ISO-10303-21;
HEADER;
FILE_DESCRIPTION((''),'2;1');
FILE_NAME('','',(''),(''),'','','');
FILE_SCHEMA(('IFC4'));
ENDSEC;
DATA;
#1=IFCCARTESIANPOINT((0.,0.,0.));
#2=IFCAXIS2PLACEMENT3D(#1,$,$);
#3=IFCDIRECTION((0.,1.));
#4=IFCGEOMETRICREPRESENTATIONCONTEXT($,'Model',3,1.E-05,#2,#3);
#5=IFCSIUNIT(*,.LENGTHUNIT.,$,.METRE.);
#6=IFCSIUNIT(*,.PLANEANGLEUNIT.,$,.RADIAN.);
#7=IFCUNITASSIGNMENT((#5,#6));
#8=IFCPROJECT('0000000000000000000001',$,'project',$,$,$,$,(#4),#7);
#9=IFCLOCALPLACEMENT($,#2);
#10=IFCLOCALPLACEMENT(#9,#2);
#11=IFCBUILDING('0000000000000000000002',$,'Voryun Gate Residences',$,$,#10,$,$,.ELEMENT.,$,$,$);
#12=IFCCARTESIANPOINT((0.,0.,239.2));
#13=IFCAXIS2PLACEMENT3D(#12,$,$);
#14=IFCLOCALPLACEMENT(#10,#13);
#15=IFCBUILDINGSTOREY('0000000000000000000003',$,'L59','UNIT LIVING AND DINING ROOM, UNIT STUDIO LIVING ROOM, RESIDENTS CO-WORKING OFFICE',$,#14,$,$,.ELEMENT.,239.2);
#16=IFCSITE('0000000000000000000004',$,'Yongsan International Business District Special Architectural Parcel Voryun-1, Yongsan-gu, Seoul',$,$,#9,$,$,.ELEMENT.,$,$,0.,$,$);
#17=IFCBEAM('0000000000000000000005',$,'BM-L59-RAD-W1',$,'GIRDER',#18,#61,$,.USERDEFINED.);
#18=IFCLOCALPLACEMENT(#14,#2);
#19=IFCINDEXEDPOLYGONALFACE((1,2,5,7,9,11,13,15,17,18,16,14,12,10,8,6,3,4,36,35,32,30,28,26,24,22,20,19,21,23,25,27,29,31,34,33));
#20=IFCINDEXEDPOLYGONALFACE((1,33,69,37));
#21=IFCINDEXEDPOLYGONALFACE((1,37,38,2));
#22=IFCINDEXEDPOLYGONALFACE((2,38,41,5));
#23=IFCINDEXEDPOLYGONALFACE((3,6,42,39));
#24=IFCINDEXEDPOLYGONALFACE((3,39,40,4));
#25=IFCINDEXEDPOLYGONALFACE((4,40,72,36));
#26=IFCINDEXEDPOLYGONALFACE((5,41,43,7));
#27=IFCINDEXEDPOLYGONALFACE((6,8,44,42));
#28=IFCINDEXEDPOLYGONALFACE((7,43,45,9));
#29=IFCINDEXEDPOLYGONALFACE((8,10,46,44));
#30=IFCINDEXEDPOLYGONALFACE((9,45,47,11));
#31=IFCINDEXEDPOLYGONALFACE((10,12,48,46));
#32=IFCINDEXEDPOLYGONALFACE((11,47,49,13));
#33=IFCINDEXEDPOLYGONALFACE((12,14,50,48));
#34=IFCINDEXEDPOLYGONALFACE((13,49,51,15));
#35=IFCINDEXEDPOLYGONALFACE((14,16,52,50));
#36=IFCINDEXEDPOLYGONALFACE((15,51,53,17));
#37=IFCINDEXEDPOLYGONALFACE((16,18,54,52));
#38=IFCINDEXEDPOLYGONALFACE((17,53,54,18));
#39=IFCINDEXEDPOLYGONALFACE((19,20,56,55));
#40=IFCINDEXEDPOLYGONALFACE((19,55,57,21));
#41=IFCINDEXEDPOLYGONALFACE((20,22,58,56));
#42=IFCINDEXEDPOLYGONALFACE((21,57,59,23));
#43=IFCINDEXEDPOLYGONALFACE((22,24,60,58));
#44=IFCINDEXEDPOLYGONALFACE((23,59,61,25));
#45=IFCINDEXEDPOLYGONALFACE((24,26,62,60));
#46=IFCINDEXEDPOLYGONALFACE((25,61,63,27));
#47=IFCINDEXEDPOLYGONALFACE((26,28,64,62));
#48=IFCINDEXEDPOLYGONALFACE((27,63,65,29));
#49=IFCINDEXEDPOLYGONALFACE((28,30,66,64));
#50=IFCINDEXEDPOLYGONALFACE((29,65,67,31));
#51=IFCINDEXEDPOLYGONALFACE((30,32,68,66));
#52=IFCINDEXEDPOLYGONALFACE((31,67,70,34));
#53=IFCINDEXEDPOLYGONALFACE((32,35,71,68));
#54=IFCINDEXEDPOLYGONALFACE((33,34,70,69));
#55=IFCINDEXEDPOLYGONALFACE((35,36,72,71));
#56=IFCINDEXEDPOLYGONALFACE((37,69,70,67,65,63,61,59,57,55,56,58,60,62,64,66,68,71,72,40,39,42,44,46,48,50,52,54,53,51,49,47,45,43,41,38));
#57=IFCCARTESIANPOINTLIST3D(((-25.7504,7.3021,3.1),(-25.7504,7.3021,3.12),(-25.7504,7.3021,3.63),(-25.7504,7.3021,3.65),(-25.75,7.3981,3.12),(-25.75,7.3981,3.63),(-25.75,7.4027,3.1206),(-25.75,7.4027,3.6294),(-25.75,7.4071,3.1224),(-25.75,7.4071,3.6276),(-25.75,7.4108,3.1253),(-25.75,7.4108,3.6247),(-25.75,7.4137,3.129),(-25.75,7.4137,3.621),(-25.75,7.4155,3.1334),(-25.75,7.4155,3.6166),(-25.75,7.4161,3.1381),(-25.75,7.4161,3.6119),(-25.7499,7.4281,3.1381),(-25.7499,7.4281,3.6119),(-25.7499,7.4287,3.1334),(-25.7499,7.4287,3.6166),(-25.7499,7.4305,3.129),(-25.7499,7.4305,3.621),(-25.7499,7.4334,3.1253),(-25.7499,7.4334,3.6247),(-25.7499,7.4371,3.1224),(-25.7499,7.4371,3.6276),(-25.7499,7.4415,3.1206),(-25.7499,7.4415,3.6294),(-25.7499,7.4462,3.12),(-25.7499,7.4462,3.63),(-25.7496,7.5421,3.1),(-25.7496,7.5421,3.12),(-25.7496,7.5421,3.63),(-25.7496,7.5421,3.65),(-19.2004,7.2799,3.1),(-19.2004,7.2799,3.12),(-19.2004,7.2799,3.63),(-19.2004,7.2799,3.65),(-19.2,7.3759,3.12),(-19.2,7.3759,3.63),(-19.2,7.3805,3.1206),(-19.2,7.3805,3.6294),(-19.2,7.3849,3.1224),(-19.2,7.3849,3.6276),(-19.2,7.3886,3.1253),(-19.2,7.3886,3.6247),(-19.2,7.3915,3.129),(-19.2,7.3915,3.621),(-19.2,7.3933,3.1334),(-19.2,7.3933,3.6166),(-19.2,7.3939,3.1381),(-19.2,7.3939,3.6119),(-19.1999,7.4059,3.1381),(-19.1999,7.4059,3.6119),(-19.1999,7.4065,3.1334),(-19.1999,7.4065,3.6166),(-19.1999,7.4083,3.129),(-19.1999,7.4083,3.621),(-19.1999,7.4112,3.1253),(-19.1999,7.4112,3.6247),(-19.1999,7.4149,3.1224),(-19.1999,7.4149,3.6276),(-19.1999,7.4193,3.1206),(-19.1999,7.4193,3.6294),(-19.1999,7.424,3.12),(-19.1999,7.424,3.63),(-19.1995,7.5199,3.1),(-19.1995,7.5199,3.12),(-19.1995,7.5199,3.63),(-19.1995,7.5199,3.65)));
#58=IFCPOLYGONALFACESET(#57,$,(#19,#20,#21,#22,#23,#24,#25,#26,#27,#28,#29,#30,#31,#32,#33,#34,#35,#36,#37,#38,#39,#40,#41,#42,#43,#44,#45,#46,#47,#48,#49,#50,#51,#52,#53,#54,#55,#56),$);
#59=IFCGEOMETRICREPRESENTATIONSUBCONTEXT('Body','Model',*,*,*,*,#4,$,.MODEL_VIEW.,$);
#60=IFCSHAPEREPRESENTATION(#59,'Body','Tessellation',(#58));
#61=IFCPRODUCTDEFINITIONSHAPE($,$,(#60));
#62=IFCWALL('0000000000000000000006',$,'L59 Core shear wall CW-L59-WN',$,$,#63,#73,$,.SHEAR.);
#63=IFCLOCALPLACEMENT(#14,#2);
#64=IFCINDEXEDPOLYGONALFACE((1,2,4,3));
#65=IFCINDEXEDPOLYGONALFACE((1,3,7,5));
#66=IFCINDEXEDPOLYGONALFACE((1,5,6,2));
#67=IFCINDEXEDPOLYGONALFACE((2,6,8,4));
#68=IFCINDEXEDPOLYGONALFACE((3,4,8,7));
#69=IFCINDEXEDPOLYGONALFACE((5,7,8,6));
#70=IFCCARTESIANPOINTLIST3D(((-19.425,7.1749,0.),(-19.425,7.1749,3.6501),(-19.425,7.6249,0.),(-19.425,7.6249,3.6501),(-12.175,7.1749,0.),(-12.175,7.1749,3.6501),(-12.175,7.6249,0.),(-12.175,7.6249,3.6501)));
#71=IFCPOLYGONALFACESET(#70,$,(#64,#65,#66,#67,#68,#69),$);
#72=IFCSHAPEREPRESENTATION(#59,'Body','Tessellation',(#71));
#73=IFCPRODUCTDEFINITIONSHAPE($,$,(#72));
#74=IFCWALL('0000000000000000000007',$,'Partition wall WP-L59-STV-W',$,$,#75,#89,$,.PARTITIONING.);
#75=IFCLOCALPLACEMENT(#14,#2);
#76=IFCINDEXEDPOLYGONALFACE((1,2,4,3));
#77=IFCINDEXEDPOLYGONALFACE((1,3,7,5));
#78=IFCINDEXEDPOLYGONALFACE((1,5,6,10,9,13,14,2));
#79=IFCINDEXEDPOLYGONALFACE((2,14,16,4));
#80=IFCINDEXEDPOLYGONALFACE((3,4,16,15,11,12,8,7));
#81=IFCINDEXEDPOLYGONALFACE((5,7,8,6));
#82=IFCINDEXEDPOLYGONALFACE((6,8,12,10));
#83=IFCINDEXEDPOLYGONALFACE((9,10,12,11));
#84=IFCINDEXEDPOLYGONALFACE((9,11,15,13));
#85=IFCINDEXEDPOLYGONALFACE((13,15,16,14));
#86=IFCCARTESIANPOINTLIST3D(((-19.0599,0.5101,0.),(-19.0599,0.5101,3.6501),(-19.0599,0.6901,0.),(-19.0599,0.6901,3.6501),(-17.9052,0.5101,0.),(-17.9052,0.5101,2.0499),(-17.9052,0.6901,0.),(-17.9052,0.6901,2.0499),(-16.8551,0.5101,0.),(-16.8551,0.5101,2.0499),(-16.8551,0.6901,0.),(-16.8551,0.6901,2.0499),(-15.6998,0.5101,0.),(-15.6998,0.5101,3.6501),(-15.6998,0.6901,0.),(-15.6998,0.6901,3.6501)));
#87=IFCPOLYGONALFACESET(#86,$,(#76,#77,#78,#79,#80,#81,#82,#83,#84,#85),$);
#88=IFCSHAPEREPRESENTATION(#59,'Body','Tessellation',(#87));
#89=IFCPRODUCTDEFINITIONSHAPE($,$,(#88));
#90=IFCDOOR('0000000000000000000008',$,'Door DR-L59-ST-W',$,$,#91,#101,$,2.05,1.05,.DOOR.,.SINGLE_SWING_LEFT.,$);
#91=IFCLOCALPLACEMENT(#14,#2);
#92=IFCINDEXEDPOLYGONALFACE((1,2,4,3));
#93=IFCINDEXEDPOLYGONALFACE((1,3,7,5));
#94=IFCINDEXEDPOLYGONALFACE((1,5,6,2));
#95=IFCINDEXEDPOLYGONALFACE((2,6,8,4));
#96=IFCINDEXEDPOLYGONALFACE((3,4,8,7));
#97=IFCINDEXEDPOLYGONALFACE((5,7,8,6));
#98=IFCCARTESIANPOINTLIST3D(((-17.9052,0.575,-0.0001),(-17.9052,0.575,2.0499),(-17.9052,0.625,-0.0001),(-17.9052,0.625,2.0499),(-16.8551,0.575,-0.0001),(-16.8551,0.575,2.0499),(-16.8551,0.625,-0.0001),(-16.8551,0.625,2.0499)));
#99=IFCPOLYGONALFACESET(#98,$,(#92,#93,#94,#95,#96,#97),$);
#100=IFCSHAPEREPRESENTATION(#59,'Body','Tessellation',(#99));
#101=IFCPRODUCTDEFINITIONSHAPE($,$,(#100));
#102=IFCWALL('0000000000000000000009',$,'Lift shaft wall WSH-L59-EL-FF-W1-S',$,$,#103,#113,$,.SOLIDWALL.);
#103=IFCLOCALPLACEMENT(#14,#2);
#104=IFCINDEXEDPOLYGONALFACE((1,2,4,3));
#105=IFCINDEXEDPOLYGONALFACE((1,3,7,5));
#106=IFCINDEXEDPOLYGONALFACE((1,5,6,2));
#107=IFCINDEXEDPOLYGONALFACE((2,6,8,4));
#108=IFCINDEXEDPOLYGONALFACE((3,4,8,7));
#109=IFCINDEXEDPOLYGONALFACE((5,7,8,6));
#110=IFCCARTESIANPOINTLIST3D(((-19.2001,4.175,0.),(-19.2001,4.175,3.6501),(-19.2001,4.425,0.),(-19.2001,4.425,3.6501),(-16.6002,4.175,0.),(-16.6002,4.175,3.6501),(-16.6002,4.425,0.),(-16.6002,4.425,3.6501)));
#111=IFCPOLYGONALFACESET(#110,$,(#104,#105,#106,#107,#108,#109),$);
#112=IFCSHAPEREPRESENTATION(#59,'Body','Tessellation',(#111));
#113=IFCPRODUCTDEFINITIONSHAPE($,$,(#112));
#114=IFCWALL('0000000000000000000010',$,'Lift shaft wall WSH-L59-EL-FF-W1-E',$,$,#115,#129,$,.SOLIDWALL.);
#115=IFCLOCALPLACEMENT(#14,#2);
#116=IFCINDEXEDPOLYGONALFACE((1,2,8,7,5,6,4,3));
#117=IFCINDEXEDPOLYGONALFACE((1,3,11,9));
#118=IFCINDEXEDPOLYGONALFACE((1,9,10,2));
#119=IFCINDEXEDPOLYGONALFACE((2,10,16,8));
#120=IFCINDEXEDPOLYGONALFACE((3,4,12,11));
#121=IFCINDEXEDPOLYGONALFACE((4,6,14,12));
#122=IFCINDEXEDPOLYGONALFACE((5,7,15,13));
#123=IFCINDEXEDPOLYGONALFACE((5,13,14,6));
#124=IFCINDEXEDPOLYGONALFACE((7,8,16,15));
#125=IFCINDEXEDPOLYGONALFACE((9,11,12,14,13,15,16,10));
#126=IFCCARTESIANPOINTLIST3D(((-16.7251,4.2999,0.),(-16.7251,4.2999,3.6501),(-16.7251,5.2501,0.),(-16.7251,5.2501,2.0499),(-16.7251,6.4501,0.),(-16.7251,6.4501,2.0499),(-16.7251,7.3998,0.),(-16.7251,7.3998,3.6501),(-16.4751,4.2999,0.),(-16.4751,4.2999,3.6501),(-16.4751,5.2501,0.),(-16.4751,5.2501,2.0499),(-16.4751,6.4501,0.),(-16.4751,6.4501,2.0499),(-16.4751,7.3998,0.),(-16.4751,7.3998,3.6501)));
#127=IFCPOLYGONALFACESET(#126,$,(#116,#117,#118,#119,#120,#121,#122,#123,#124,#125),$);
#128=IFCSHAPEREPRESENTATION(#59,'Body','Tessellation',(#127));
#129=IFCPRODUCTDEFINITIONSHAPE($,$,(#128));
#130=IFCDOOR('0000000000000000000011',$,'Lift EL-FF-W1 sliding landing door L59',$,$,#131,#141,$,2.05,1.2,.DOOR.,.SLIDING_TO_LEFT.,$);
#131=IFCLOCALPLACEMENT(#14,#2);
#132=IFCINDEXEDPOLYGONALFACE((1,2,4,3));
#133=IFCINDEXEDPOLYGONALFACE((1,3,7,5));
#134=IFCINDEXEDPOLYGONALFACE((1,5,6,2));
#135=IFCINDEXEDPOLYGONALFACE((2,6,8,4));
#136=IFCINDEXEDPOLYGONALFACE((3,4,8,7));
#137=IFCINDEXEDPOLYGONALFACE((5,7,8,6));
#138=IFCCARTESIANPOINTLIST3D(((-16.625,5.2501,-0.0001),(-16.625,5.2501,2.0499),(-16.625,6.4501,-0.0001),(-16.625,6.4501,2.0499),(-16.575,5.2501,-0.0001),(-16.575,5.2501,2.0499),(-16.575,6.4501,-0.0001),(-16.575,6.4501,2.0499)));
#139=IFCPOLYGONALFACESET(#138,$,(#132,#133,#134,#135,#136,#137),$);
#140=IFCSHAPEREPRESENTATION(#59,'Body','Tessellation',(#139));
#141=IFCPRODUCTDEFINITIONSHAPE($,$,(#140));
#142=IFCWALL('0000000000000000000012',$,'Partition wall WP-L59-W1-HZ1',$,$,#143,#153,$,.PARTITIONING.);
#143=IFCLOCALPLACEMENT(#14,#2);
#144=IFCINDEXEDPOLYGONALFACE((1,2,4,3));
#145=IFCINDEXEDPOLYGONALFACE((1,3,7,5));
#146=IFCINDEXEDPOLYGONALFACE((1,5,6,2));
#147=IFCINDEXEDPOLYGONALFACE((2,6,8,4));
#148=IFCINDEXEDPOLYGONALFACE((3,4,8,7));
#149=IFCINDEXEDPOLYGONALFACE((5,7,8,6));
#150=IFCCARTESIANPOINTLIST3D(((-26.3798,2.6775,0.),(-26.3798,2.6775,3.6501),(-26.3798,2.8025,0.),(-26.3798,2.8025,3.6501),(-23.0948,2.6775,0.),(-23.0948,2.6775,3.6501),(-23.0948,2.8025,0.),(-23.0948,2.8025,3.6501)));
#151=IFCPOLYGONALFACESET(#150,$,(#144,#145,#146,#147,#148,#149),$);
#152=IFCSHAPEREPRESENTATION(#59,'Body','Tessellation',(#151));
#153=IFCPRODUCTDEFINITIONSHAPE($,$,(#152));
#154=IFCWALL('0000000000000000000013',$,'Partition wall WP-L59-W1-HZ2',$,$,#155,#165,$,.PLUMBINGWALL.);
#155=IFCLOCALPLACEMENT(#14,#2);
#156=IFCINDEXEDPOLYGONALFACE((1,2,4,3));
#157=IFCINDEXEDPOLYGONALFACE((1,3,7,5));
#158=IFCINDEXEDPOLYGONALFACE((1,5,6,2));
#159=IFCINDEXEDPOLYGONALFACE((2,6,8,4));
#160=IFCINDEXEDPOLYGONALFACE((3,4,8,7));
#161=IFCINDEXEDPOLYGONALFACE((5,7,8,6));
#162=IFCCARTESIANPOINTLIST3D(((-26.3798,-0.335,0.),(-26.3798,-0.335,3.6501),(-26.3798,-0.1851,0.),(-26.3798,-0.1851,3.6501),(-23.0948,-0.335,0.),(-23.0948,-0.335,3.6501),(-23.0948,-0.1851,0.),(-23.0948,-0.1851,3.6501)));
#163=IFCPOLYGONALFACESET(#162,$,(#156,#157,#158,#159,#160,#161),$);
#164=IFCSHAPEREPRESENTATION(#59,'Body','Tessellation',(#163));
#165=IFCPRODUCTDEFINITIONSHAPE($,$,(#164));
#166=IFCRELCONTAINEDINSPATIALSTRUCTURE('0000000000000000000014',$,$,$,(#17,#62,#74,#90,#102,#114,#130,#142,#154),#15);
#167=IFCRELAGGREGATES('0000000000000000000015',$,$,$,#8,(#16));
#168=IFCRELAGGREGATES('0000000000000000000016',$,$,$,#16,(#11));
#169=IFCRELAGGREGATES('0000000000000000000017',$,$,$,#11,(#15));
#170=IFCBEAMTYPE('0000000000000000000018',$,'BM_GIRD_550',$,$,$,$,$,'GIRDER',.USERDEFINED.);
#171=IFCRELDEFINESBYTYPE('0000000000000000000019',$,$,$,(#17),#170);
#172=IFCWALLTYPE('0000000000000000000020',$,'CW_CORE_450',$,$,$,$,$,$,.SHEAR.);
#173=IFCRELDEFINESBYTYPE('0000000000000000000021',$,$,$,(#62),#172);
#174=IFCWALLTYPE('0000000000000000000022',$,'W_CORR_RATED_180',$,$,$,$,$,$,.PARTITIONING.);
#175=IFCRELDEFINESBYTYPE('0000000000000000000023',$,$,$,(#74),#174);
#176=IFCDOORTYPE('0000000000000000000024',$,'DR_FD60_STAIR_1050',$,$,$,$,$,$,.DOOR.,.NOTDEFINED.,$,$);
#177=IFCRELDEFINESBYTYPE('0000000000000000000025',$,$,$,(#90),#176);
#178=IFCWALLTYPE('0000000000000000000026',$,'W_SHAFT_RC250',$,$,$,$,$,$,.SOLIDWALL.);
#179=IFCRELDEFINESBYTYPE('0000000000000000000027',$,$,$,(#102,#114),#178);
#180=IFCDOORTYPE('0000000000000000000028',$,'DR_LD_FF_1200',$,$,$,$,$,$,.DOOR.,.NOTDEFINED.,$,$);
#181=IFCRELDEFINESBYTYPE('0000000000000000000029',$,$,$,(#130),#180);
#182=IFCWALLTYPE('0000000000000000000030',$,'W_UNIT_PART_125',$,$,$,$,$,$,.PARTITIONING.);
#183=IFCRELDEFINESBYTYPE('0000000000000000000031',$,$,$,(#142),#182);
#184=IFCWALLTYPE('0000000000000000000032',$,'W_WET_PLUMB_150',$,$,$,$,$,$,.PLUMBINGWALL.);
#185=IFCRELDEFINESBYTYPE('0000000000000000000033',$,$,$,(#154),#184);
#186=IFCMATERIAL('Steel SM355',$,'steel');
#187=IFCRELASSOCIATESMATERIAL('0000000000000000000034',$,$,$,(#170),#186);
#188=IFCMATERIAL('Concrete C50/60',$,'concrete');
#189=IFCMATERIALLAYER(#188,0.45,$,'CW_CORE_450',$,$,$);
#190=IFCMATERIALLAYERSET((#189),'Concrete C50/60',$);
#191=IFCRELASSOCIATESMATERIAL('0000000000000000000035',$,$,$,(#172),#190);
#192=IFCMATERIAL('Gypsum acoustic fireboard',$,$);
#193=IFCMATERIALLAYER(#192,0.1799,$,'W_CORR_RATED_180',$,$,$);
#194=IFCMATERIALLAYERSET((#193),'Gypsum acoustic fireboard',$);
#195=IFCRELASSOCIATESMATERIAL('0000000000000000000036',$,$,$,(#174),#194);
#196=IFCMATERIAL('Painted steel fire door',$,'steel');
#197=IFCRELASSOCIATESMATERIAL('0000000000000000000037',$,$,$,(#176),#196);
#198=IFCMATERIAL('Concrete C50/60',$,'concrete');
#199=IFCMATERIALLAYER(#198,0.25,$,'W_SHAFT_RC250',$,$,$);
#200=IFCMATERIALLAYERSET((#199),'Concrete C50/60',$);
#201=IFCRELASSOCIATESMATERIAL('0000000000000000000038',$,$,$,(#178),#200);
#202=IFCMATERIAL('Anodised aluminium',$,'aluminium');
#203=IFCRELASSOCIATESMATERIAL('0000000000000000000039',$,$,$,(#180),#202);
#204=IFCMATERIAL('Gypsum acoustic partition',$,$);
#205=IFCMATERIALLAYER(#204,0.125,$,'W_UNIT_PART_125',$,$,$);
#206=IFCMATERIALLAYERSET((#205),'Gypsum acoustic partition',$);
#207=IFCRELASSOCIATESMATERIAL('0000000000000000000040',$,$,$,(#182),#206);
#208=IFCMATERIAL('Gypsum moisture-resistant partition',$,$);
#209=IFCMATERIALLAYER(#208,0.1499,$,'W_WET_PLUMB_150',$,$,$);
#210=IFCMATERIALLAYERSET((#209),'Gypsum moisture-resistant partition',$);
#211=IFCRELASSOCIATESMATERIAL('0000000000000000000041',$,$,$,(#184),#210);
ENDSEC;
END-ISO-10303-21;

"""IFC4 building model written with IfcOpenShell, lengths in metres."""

from ifc_helpers import new_model, si_unit, direction, frame, frame_2d, origin, origin_2d, place, context, subcontext, project, spatial, rectangle, i_section, extrude, material, layer, layer_set, material_profile, profile_set, type_object, element, fill, save


model = new_model("IFC4")

# Units and contexts
model_context = context("Model", 3, precision=1e-05, world=origin(), true_north=direction((0.0, 1.0)))
body_context = subcontext(model_context, "Body", "Model", "MODEL_VIEW")
ifc_project = project(units=[si_unit("LENGTHUNIT", "METRE"), si_unit("PLANEANGLEUNIT", "RADIAN")], contexts=[model_context])

# Site, building, storey
site_placement = place(None, origin())
site = spatial("IfcSite", under=ifc_project, at=site_placement, Name="Yongsan International Business District Special Architectural Parcel Voryun-1, Yongsan-gu, Seoul", CompositionType="ELEMENT", RefElevation=0.0)
building_placement = place(site_placement, origin())
building = spatial("IfcBuilding", under=site, at=building_placement, Name="Voryun Gate Residences", CompositionType="ELEMENT")
storey_placement = place(building_placement, frame((0.0, 0.0, 239.2)))
storey = spatial("IfcBuildingStorey", under=building, at=storey_placement, Name="L59", Description="UNIT LIVING AND DINING ROOM, UNIT STUDIO LIVING ROOM, RESIDENTS CO-WORKING OFFICE", CompositionType="ELEMENT", Elevation=239.2)

# Beam
ifc_material_1 = material(Name="Steel SM355", Category="steel")
ifc_material_profile_1 = material_profile(ifc_material_1, i_section(OverallWidth=0.24, OverallDepth=0.55, WebThickness=0.012, FlangeThickness=0.02, FilletRadius=0.0181, at=origin_2d()), Name="H-550x240x12x20")
ifc_profile_set_1 = profile_set([ifc_material_profile_1], Name="Steel SM355")
beam_type_1 = type_object("IfcBeamType", Name="BM_GIRD_550", ElementType="GIRDER", PredefinedType="USERDEFINED", material=ifc_profile_set_1)
beam_1_placement = place(storey_placement, frame((-19.2, 7.3999, 3.375), z_axis=(-0.999994, 0.003392, 0.0), x_axis=(-0.003392, -0.999994, 0.0)))
element("IfcBeam", 1, at=beam_1_placement, inside=storey, type_object=beam_type_1, Name="BM-L59-RAD-W1", ObjectType="GIRDER", PredefinedType="USERDEFINED", context=body_context, shape_type="SweptSolid", body=[
    extrude(i_section(OverallWidth=0.24, OverallDepth=0.55, WebThickness=0.012, FlangeThickness=0.02, FilletRadius=0.0181, at=origin_2d()), origin(), (0.0, 0.0, 1.0), 6.55),
])

# Wall
ifc_material_2 = material(Name="Concrete C50/60", Category="concrete")
ifc_layer_1 = layer(ifc_material_2, 0.45, Name="CW_CORE_450")
ifc_layer_set_1 = layer_set([ifc_layer_1], Name="Concrete C50/60")
wall_type_1 = type_object("IfcWallType", Name="CW_CORE_450", PredefinedType="SHEAR", material=ifc_layer_set_1)
wall_1_placement = place(storey_placement, frame((-19.425, 7.3999, 0.0), z_axis=(0.0, 0.0, 1.0), x_axis=(1.0, 0.0, 0.0)))
element("IfcWall", 2, at=wall_1_placement, inside=storey, type_object=wall_type_1, Name="L59 Core shear wall CW-L59-WN", PredefinedType="SHEAR", context=body_context, shape_type="SweptSolid", body=[
    extrude(rectangle(XDim=7.25, YDim=0.45, at=frame_2d((3.625, 0.0))), origin(), (0.0, 0.0, 1.0), 3.6501),
])

# Wall, opening, door
ifc_material_3 = material(Name="Gypsum acoustic fireboard")
ifc_layer_2 = layer(ifc_material_3, 0.1799, Name="W_CORR_RATED_180")
ifc_layer_set_2 = layer_set([ifc_layer_2], Name="Gypsum acoustic fireboard")
wall_type_2 = type_object("IfcWallType", Name="W_CORR_RATED_180", PredefinedType="PARTITIONING", material=ifc_layer_set_2)
wall_2_placement = place(storey_placement, frame((-19.0601, 0.6001, 0.0), z_axis=(0.0, 0.0, 1.0), x_axis=(1.0, 0.0, 0.0)))
wall_2 = element("IfcWall", 3, at=wall_2_placement, inside=storey, type_object=wall_type_2, Name="Partition wall WP-L59-STV-W", PredefinedType="PARTITIONING", context=body_context, shape_type="SweptSolid", body=[
    extrude(rectangle(XDim=3.3601, YDim=0.1799, at=frame_2d((1.6802, 0.0))), origin(), (0.0, 0.0, 1.0), 3.6501),
])
opening_1_placement = place(wall_2_placement, frame((1.155, 0.0, 0.0)))
opening_1 = element("IfcOpeningElement", 4, at=opening_1_placement, cuts=wall_2, PredefinedType="OPENING", context=body_context, shape_type="SweptSolid", body=[
    extrude(rectangle(XDim=1.05, YDim=2.05, at=frame_2d((0.5249, 1.0249))), frame((0.0, 0.0999, 0.0), z_axis=(0.0, -1.0, 0.0), x_axis=(1.0, 0.0, 0.0)), (0.0, 0.0, 1.0), 0.2),
])
ifc_material_4 = material(Name="Painted steel fire door", Category="steel")
door_type_1 = type_object("IfcDoorType", Name="DR_FD60_STAIR_1050", OperationType="NOTDEFINED", PredefinedType="DOOR", material=ifc_material_4)
door_1_placement = place(opening_1_placement, origin())
door_1 = element("IfcDoor", 5, at=door_1_placement, inside=storey, type_object=door_type_1, Name="Door DR-L59-ST-W", OperationType="SINGLE_SWING_LEFT", OverallHeight=2.05, OverallWidth=1.05, PredefinedType="DOOR", context=body_context, shape_type="SweptSolid", body=[
    extrude(rectangle(XDim=1.05, YDim=2.05, at=frame_2d((0.5249, 1.0249))), frame((0.0, 0.0249, 0.0), z_axis=(0.0, -1.0, 0.0), x_axis=(1.0, 0.0, 0.0)), (0.0, 0.0, 1.0), 0.05),
])
fill(opening_1, door_1)

# Wall
ifc_material_5 = material(Name="Concrete C50/60", Category="concrete")
ifc_layer_3 = layer(ifc_material_5, 0.25, Name="W_SHAFT_RC250")
ifc_layer_set_3 = layer_set([ifc_layer_3], Name="Concrete C50/60")
wall_type_3 = type_object("IfcWallType", Name="W_SHAFT_RC250", PredefinedType="SOLIDWALL", material=ifc_layer_set_3)
wall_3_placement = place(storey_placement, frame((-19.2, 4.3, 0.0), z_axis=(0.0, 0.0, 1.0), x_axis=(1.0, 0.0, 0.0)))
element("IfcWall", 6, at=wall_3_placement, inside=storey, type_object=wall_type_3, Name="Lift shaft wall WSH-L59-EL-FF-W1-S", PredefinedType="SOLIDWALL", context=body_context, shape_type="SweptSolid", body=[
    extrude(rectangle(XDim=2.5999, YDim=0.25, at=frame_2d((1.2998, 0.0))), origin(), (0.0, 0.0, 1.0), 3.6501),
])

# Wall, opening, door
wall_4_placement = place(storey_placement, frame((-16.6001, 4.3, 0.0), z_axis=(0.0, 0.0, 1.0), x_axis=(0.0, 1.0, 0.0)))
wall_4 = element("IfcWall", 7, at=wall_4_placement, inside=storey, type_object=wall_type_3, Name="Lift shaft wall WSH-L59-EL-FF-W1-E", PredefinedType="SOLIDWALL", context=body_context, shape_type="SweptSolid", body=[
    extrude(rectangle(XDim=3.0999, YDim=0.25, at=frame_2d((1.5498, 0.0))), origin(), (0.0, 0.0, 1.0), 3.6501),
])
opening_2_placement = place(wall_4_placement, frame((0.95, 0.0, 0.0)))
opening_2 = element("IfcOpeningElement", 8, at=opening_2_placement, cuts=wall_4, PredefinedType="OPENING", context=body_context, shape_type="SweptSolid", body=[
    extrude(rectangle(XDim=1.2, YDim=2.05, at=frame_2d((0.6001, 1.0249))), frame((0.0, 0.135, 0.0), z_axis=(0.0, -1.0, 0.0), x_axis=(1.0, 0.0, 0.0)), (0.0, 0.0, 1.0), 0.27),
])
ifc_material_6 = material(Name="Anodised aluminium", Category="aluminium")
door_type_2 = type_object("IfcDoorType", Name="DR_LD_FF_1200", OperationType="NOTDEFINED", PredefinedType="DOOR", material=ifc_material_6)
door_2_placement = place(opening_2_placement, origin())
door_2 = element("IfcDoor", 9, at=door_2_placement, inside=storey, type_object=door_type_2, Name="Lift EL-FF-W1 sliding landing door L59", OperationType="SLIDING_TO_LEFT", OverallHeight=2.05, OverallWidth=1.2, PredefinedType="DOOR", context=body_context, shape_type="SweptSolid", body=[
    extrude(rectangle(XDim=1.2, YDim=2.05, at=frame_2d((0.6001, 1.0249))), frame((0.0, 0.0249, 0.0), z_axis=(0.0, -1.0, 0.0), x_axis=(1.0, 0.0, 0.0)), (0.0, 0.0, 1.0), 0.05),
])
fill(opening_2, door_2)

# Walls
ifc_material_7 = material(Name="Gypsum acoustic partition")
ifc_layer_4 = layer(ifc_material_7, 0.125, Name="W_UNIT_PART_125")
ifc_layer_set_4 = layer_set([ifc_layer_4], Name="Gypsum acoustic partition")
wall_type_4 = type_object("IfcWallType", Name="W_UNIT_PART_125", PredefinedType="PARTITIONING", material=ifc_layer_set_4)
wall_5_placement = place(storey_placement, frame((-26.3799, 2.74, 0.0), z_axis=(0.0, 0.0, 1.0), x_axis=(1.0, 0.0, 0.0)))
element("IfcWall", 10, at=wall_5_placement, inside=storey, type_object=wall_type_4, Name="Partition wall WP-L59-W1-HZ1", PredefinedType="PARTITIONING", context=body_context, shape_type="SweptSolid", body=[
    extrude(rectangle(XDim=3.2849, YDim=0.125, at=frame_2d((1.6426, 0.0))), origin(), (0.0, 0.0, 1.0), 3.6501),
])
ifc_material_8 = material(Name="Gypsum moisture-resistant partition")
ifc_layer_5 = layer(ifc_material_8, 0.1499, Name="W_WET_PLUMB_150")
ifc_layer_set_5 = layer_set([ifc_layer_5], Name="Gypsum moisture-resistant partition")
wall_type_5 = type_object("IfcWallType", Name="W_WET_PLUMB_150", PredefinedType="PLUMBINGWALL", material=ifc_layer_set_5)
wall_6_placement = place(storey_placement, frame((-26.3799, -0.26, 0.0), z_axis=(0.0, 0.0, 1.0), x_axis=(1.0, 0.0, 0.0)))
element("IfcWall", 11, at=wall_6_placement, inside=storey, type_object=wall_type_5, Name="Partition wall WP-L59-W1-HZ2", PredefinedType="PLUMBINGWALL", context=body_context, shape_type="SweptSolid", body=[
    extrude(rectangle(XDim=3.2849, YDim=0.1499, at=frame_2d((1.6426, 0.0))), origin(), (0.0, 0.0, 1.0), 3.6501),
])

save(model, "model.ifc")
